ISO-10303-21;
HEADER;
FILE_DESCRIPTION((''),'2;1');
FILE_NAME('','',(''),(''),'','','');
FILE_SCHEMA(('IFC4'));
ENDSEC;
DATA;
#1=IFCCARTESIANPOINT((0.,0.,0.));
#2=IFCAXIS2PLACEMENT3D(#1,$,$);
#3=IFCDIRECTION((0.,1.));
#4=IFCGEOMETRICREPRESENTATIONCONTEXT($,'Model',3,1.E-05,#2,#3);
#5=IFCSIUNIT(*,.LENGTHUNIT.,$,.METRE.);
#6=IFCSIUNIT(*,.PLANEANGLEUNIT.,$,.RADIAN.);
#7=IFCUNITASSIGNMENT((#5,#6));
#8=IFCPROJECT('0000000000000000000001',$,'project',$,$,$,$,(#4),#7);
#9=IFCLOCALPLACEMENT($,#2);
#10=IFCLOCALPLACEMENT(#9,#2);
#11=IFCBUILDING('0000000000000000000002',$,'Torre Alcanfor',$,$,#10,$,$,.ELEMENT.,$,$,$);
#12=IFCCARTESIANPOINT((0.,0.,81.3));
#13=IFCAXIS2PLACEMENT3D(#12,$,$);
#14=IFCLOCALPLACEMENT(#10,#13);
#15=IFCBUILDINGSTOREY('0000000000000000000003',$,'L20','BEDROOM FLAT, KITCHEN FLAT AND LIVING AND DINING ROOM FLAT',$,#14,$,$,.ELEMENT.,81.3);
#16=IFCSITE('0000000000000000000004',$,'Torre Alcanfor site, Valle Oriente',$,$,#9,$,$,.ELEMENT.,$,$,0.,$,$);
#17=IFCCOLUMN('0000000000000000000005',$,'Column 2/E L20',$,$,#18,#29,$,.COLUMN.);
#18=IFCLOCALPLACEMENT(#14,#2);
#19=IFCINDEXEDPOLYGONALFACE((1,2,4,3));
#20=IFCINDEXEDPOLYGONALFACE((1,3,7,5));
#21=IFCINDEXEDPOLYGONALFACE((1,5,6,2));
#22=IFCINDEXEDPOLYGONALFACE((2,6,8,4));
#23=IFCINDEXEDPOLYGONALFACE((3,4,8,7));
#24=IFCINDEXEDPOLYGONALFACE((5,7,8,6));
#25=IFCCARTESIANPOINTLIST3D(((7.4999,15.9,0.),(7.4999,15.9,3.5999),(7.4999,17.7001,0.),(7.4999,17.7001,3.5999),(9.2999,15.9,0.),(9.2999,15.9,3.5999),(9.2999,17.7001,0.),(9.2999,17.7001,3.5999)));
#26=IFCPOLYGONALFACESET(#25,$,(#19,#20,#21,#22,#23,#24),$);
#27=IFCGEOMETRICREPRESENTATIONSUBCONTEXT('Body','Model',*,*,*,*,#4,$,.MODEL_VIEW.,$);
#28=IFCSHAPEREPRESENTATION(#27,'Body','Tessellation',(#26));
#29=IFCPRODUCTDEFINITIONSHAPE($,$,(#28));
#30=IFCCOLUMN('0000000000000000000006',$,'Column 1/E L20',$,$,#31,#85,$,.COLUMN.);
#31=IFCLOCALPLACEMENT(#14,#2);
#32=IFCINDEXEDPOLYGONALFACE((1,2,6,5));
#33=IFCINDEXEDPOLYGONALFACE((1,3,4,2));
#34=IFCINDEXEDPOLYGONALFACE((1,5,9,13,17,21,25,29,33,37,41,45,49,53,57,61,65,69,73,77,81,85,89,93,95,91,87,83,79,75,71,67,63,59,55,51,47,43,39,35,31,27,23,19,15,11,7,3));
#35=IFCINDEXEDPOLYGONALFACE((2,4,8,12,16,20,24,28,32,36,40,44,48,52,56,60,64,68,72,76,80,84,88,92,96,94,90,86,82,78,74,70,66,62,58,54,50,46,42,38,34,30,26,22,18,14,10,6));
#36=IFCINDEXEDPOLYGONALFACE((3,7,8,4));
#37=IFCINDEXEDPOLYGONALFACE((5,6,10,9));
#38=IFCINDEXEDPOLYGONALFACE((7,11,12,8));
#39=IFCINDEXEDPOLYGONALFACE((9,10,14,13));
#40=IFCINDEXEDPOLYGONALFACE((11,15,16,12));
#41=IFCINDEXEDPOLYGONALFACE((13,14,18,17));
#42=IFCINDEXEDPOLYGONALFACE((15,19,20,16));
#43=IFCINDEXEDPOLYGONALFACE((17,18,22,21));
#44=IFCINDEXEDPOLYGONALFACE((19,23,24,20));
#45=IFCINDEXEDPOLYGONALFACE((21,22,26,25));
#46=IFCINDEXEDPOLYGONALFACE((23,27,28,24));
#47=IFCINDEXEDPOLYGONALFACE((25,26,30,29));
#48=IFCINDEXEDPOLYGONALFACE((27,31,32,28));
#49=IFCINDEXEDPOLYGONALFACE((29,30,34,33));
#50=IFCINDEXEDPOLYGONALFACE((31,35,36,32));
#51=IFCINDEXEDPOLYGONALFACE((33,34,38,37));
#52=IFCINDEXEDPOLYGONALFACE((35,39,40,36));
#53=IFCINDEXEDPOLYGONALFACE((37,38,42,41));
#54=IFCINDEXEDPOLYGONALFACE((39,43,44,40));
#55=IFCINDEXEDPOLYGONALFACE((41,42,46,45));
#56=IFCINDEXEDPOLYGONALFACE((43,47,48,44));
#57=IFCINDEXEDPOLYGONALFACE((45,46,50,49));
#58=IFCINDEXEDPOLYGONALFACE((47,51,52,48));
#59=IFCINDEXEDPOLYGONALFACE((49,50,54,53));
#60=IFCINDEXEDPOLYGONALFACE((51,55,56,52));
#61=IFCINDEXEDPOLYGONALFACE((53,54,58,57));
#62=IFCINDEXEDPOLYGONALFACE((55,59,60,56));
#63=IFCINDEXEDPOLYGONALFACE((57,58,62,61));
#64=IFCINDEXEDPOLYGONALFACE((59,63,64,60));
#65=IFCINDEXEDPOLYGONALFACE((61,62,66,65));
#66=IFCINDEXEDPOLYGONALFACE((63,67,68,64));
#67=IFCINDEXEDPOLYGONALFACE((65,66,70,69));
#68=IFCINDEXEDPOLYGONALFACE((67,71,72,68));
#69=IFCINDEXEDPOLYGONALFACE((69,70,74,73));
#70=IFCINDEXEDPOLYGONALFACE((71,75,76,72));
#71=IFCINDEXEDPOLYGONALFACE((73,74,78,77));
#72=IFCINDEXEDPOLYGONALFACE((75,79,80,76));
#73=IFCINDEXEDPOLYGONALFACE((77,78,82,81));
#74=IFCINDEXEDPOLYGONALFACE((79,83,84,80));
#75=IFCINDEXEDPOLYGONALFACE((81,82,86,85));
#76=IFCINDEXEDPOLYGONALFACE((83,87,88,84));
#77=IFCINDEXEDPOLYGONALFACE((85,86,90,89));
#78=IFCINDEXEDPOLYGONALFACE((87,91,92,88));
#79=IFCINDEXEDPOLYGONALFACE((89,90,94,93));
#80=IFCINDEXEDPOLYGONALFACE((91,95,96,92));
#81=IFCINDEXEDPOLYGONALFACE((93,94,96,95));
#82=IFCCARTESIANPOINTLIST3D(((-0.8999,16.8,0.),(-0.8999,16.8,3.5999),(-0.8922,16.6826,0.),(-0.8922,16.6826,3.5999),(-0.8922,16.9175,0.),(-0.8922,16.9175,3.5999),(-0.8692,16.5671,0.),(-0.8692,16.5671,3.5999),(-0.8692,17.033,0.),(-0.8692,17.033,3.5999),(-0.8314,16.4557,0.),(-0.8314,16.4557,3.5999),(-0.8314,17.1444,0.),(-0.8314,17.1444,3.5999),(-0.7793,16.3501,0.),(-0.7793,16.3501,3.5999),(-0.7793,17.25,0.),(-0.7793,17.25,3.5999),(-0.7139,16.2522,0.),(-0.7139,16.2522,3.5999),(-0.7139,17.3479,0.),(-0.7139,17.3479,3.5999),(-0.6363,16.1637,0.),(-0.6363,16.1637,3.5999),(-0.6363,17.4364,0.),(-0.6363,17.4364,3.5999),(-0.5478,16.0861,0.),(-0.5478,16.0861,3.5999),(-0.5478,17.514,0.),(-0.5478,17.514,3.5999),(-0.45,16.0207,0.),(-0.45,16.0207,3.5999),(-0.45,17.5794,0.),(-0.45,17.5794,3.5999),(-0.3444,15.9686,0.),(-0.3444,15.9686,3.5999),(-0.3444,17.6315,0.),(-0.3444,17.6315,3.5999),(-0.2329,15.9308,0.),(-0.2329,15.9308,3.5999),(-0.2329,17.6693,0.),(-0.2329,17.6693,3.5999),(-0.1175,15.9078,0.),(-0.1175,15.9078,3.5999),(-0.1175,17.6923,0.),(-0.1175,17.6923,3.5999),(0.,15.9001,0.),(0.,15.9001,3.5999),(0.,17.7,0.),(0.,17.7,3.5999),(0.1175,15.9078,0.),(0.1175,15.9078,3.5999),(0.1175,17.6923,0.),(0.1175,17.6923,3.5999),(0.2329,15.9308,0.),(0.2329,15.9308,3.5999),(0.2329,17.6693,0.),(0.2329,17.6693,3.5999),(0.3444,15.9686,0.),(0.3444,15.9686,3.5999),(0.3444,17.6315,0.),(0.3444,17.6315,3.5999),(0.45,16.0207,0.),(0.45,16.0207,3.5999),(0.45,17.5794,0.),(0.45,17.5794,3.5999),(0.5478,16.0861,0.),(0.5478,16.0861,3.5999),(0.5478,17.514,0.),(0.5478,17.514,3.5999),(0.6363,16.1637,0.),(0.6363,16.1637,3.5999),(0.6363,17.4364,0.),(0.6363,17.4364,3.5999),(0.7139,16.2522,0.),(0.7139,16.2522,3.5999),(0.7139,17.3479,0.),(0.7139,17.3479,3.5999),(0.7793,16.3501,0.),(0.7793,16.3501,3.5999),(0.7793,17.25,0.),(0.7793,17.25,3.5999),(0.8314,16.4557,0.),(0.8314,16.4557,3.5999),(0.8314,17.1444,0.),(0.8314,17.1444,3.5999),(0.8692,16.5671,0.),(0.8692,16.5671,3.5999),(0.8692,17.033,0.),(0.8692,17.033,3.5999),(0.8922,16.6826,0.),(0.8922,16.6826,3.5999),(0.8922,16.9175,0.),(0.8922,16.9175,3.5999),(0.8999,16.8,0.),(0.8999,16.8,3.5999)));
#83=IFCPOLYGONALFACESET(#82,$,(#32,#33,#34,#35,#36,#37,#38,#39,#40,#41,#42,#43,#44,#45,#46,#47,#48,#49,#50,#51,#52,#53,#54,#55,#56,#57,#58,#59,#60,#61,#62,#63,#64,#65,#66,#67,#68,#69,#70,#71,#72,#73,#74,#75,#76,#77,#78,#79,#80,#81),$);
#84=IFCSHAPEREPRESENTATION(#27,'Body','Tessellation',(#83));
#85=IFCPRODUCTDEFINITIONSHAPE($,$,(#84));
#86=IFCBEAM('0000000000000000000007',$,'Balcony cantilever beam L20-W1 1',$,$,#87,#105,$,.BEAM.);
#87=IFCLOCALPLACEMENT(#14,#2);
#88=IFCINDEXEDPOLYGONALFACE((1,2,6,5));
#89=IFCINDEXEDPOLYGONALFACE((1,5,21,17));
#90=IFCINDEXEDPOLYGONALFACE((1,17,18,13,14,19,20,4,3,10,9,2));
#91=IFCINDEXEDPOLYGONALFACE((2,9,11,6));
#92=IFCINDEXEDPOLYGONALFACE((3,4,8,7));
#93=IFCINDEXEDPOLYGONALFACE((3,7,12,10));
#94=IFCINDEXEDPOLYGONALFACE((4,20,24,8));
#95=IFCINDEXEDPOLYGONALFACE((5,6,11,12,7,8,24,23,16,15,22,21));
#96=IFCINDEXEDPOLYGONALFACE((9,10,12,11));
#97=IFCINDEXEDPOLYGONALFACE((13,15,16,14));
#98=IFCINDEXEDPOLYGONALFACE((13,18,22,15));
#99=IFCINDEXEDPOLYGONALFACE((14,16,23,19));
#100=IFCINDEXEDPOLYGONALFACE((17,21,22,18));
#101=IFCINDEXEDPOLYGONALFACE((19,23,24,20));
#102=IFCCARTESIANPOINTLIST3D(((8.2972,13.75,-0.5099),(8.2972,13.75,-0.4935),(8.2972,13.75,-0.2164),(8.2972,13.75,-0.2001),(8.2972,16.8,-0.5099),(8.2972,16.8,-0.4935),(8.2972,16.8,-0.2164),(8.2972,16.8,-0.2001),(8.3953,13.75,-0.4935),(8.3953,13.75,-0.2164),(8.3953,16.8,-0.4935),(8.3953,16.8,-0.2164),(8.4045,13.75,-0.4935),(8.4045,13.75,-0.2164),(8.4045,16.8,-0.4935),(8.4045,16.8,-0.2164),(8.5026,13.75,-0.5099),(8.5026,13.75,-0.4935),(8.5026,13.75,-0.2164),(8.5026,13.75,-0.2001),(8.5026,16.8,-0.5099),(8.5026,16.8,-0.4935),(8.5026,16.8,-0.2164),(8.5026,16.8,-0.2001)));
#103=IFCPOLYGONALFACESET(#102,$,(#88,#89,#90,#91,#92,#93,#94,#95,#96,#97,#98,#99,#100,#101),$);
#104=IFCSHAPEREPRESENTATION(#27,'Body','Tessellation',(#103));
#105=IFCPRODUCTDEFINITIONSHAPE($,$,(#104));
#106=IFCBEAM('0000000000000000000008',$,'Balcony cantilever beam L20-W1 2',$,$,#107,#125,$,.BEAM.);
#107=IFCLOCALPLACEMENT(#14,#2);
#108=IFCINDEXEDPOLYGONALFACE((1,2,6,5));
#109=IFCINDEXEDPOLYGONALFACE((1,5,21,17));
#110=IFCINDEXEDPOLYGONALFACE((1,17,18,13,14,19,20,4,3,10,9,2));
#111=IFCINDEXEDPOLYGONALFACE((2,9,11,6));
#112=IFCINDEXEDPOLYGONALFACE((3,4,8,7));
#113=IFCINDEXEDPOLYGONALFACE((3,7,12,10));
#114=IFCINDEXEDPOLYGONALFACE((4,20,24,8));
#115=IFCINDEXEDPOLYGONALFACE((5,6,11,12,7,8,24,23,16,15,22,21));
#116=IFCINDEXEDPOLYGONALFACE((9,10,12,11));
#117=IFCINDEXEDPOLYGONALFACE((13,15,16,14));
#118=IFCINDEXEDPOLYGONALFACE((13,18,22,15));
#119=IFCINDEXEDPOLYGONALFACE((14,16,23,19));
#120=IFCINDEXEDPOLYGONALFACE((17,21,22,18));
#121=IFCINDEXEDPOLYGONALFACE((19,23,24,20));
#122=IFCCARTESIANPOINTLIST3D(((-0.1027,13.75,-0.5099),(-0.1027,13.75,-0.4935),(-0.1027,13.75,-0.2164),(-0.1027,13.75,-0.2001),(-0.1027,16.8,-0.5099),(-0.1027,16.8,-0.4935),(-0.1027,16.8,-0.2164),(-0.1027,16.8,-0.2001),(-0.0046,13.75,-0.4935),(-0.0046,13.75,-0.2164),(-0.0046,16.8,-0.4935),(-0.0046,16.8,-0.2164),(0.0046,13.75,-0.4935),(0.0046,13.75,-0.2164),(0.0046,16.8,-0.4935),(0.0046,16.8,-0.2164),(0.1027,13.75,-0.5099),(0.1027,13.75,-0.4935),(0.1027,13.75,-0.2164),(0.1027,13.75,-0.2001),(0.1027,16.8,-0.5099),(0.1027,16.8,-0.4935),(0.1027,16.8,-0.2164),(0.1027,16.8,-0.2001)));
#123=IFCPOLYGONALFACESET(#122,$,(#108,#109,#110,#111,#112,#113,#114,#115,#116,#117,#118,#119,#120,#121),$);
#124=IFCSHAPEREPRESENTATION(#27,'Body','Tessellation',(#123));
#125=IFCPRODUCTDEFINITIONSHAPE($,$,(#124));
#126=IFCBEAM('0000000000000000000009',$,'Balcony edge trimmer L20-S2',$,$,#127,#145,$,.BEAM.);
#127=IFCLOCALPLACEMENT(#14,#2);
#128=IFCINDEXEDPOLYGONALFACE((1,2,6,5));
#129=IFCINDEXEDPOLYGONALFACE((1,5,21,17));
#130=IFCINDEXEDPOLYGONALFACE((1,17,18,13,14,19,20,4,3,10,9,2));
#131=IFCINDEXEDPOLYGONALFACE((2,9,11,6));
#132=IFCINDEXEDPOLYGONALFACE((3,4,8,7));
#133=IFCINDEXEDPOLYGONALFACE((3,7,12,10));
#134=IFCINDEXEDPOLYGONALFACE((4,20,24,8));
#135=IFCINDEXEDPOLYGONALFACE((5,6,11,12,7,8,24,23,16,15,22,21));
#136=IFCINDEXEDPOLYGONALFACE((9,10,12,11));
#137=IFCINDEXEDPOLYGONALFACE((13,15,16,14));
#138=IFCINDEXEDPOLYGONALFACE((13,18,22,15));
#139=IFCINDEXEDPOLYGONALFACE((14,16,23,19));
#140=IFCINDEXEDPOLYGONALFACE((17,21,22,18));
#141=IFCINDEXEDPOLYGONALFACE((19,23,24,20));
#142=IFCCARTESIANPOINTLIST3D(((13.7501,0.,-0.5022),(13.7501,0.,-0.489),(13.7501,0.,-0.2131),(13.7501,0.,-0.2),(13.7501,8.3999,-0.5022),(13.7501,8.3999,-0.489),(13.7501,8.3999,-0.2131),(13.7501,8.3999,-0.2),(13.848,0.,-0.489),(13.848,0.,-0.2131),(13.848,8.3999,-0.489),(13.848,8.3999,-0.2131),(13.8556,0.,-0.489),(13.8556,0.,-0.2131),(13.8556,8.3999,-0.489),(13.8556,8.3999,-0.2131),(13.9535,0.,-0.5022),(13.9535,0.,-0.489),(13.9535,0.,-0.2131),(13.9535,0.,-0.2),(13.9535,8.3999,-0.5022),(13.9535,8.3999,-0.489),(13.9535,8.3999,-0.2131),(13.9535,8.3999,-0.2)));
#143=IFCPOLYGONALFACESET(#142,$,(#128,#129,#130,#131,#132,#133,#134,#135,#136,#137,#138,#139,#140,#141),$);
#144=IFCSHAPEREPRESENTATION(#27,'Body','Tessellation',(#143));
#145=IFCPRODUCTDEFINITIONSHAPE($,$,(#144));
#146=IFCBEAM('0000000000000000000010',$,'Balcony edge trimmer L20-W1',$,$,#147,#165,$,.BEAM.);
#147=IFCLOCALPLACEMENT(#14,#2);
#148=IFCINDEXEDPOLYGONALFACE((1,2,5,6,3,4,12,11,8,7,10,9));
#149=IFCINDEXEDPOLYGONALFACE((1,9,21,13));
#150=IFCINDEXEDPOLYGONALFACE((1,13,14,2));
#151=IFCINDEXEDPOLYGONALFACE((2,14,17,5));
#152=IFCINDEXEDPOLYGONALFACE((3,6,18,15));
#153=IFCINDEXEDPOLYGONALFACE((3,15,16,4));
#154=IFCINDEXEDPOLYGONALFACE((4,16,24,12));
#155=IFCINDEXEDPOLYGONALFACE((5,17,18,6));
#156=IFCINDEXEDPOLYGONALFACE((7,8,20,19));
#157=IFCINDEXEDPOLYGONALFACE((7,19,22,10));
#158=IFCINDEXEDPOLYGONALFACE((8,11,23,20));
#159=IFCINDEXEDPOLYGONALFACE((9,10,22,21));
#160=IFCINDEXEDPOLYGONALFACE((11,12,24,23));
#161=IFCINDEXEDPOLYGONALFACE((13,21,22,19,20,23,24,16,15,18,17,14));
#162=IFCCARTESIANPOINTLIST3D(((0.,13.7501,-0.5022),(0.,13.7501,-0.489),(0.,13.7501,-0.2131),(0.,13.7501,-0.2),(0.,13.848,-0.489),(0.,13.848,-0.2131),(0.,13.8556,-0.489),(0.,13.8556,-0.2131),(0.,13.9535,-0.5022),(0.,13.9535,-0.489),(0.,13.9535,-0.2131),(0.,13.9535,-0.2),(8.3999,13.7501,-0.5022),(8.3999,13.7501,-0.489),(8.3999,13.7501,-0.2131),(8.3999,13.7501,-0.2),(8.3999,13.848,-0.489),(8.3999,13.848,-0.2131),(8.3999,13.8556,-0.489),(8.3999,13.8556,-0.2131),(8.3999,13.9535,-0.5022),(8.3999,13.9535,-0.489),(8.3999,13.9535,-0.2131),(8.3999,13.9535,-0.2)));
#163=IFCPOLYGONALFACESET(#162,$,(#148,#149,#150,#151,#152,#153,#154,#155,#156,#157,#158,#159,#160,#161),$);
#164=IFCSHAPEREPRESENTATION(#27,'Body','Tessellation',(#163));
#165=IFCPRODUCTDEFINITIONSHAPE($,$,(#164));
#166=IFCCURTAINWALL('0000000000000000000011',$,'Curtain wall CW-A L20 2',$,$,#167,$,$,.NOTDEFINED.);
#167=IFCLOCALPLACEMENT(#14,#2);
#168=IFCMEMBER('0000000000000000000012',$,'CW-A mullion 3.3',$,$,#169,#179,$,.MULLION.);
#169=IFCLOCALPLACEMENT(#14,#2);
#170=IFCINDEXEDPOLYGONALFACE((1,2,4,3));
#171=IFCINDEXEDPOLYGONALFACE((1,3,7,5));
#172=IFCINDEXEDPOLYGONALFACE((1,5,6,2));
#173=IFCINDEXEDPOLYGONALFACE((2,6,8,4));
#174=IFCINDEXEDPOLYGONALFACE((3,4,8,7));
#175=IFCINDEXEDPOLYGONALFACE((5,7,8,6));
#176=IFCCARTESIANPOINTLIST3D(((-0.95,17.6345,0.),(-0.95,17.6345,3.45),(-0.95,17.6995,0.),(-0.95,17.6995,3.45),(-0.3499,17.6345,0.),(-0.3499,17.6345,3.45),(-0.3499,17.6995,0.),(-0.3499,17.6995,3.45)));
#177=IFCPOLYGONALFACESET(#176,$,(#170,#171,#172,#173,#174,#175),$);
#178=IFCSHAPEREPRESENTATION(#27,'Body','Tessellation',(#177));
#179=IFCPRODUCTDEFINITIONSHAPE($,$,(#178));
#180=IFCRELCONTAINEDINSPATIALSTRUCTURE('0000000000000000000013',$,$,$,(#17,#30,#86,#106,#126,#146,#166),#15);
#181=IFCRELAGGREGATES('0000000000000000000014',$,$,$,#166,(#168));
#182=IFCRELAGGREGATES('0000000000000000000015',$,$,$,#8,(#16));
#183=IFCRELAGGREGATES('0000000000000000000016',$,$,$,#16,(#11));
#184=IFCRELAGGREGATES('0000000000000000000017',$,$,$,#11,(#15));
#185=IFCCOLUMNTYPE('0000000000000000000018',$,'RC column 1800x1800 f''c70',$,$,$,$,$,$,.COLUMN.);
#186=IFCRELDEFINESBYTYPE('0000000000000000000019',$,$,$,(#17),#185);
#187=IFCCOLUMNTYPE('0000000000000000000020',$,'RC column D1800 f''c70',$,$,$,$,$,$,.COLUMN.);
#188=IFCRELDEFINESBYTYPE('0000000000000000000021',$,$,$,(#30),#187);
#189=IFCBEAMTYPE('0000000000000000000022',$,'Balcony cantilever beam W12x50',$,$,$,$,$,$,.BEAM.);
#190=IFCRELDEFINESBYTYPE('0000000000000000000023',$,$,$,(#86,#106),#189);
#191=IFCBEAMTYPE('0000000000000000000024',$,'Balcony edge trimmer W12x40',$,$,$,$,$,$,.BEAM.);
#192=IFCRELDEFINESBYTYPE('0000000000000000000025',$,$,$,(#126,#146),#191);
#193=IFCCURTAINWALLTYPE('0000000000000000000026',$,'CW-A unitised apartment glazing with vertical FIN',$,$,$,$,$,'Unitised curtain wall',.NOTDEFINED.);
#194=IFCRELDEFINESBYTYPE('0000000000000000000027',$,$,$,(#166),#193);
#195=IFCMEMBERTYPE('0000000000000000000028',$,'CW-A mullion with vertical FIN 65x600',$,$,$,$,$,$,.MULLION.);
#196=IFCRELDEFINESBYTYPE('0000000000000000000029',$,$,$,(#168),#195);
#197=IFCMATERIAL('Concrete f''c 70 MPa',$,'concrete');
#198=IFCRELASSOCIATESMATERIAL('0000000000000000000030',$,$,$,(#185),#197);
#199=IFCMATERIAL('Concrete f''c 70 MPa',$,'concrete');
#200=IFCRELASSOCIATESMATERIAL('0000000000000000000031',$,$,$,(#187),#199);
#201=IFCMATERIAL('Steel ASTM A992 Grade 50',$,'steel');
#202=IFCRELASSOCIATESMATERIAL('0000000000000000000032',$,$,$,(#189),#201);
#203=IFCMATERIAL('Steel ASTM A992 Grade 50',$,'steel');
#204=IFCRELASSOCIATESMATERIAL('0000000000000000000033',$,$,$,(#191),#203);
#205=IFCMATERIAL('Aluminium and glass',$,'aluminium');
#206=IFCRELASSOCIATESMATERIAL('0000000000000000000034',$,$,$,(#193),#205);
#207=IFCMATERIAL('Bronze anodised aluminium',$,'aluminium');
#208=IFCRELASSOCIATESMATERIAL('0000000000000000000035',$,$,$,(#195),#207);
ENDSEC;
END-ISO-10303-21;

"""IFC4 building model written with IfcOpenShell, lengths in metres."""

from ifc_helpers import new_model, si_unit, direction, frame, origin, origin_2d, place, context, subcontext, project, spatial, rectangle, circle, i_section, extrude, material, material_profile, profile_set, type_object, element, aggregate, save


model = new_model("IFC4")

# Units and contexts
model_context = context("Model", 3, precision=1e-05, world=origin(), true_north=direction((0.0, 1.0)))
body_context = subcontext(model_context, "Body", "Model", "MODEL_VIEW")
ifc_project = project(units=[si_unit("LENGTHUNIT", "METRE"), si_unit("PLANEANGLEUNIT", "RADIAN")], contexts=[model_context])

# Site, building, storey
site_placement = place(None, origin())
site = spatial("IfcSite", under=ifc_project, at=site_placement, Name="Torre Alcanfor site, Valle Oriente", CompositionType="ELEMENT", RefElevation=0.0)
building_placement = place(site_placement, origin())
building = spatial("IfcBuilding", under=site, at=building_placement, Name="Torre Alcanfor", CompositionType="ELEMENT")
storey_placement = place(building_placement, frame((0.0, 0.0, 81.3)))
storey = spatial("IfcBuildingStorey", under=building, at=storey_placement, Name="L20", Description="BEDROOM FLAT, KITCHEN FLAT AND LIVING AND DINING ROOM FLAT", CompositionType="ELEMENT", Elevation=81.3)

# Columns
ifc_material_1 = material(Name="Concrete f'c 70 MPa", Category="concrete")
ifc_material_profile_1 = material_profile(ifc_material_1, rectangle(XDim=1.8, YDim=1.8, at=origin_2d()), Name="1800x1800")
ifc_profile_set_1 = profile_set([ifc_material_profile_1], Name="Concrete f'c 70 MPa")
column_type_1 = type_object("IfcColumnType", Name="RC column 1800x1800 f'c70", PredefinedType="COLUMN", material=ifc_profile_set_1)
column_1_placement = place(storey_placement, frame((8.3999, 16.8, 0.0), z_axis=(0.0, 0.0, 1.0), x_axis=(1.0, 0.0, 0.0)))
element("IfcColumn", 1, at=column_1_placement, inside=storey, type_object=column_type_1, Name="Column 2/E L20", PredefinedType="COLUMN", context=body_context, shape_type="SweptSolid", body=[
    extrude(rectangle(XDim=1.8, YDim=1.8, at=origin_2d()), origin(), (0.0, 0.0, 1.0), 3.5999),
])
ifc_material_2 = material(Name="Concrete f'c 70 MPa", Category="concrete")
ifc_material_profile_2 = material_profile(ifc_material_2, circle(Radius=0.8999, at=origin_2d()), Name="D1800")
ifc_profile_set_2 = profile_set([ifc_material_profile_2], Name="Concrete f'c 70 MPa")
column_type_2 = type_object("IfcColumnType", Name="RC column D1800 f'c70", PredefinedType="COLUMN", material=ifc_profile_set_2)
column_2_placement = place(storey_placement, frame((0.0, 16.8, 0.0), z_axis=(0.0, 0.0, 1.0), x_axis=(1.0, 0.0, 0.0)))
element("IfcColumn", 2, at=column_2_placement, inside=storey, type_object=column_type_2, Name="Column 1/E L20", PredefinedType="COLUMN", context=body_context, shape_type="SweptSolid", body=[
    extrude(circle(Radius=0.8999, at=origin_2d()), origin(), (0.0, 0.0, 1.0), 3.5999),
])

# Beams
ifc_material_3 = material(Name="Steel ASTM A992 Grade 50", Category="steel")
ifc_material_profile_3 = material_profile(ifc_material_3, i_section(OverallWidth=0.2053, OverallDepth=0.3098, WebThickness=0.0093, FlangeThickness=0.0164, at=origin_2d()), Name="W12x50")
ifc_profile_set_3 = profile_set([ifc_material_profile_3], Name="Steel ASTM A992 Grade 50")
beam_type_1 = type_object("IfcBeamType", Name="Balcony cantilever beam W12x50", PredefinedType="BEAM", material=ifc_profile_set_3)
for number, where, z_axis, x_axis, name in (
    (3, (8.3999, 16.8, -0.355), (0.0, -1.0, 0.0), (1.0, 0.0, 0.0), "Balcony cantilever beam L20-W1 1"),
    (4, (0.0, 16.8, -0.355), (0.0, -1.0, 0.0), (1.0, 0.0, 0.0), "Balcony cantilever beam L20-W1 2"),
):
    element("IfcBeam", number, at=place(storey_placement, frame(where, z_axis=z_axis, x_axis=x_axis)), inside=storey, type_object=beam_type_1, Name=name, PredefinedType="BEAM", context=body_context, shape_type="SweptSolid", body=[
        extrude(i_section(OverallWidth=0.2053, OverallDepth=0.3098, WebThickness=0.0093, FlangeThickness=0.0164, at=origin_2d()), origin(), (0.0, 0.0, 1.0), 3.05),
    ])
ifc_material_4 = material(Name="Steel ASTM A992 Grade 50", Category="steel")
ifc_material_profile_4 = material_profile(ifc_material_4, i_section(OverallWidth=0.2034, OverallDepth=0.3022, WebThickness=0.0076, FlangeThickness=0.0132, at=origin_2d()), Name="W12x40")
ifc_profile_set_4 = profile_set([ifc_material_profile_4], Name="Steel ASTM A992 Grade 50")
beam_type_2 = type_object("IfcBeamType", Name="Balcony edge trimmer W12x40", PredefinedType="BEAM", material=ifc_profile_set_4)
for number, where, z_axis, x_axis, name in (
    (5, (13.8518, 8.3999, -0.3511), (0.0, -1.0, 0.0), (1.0, 0.0, 0.0), "Balcony edge trimmer L20-S2"),
    (6, (8.3999, 13.8518, -0.3511), (-1.0, 0.0, 0.0), (0.0, -1.0, 0.0), "Balcony edge trimmer L20-W1"),
):
    element("IfcBeam", number, at=place(storey_placement, frame(where, z_axis=z_axis, x_axis=x_axis)), inside=storey, type_object=beam_type_2, Name=name, PredefinedType="BEAM", context=body_context, shape_type="SweptSolid", body=[
        extrude(i_section(OverallWidth=0.2034, OverallDepth=0.3022, WebThickness=0.0076, FlangeThickness=0.0132, at=origin_2d()), origin(), (0.0, 0.0, 1.0), 8.3999),
    ])

# Curtain wall, member
ifc_material_5 = material(Name="Aluminium and glass", Category="aluminium")
curtain_wall_type = type_object("IfcCurtainWallType", Name="CW-A unitised apartment glazing with vertical FIN", ElementType="Unitised curtain wall", PredefinedType="NOTDEFINED", material=ifc_material_5)
curtain_wall_placement = place(storey_placement, origin())
curtain_wall = element("IfcCurtainWall", 7, at=curtain_wall_placement, inside=storey, type_object=curtain_wall_type, Name="Curtain wall CW-A L20 2", PredefinedType="NOTDEFINED")
ifc_material_6 = material(Name="Bronze anodised aluminium", Category="aluminium")
ifc_material_profile_5 = material_profile(ifc_material_6, rectangle(XDim=0.6001, YDim=0.0649, at=origin_2d()), Name="CW-A mullion 65x600")
ifc_profile_set_5 = profile_set([ifc_material_profile_5], Name="Bronze anodised aluminium")
member_type = type_object("IfcMemberType", Name="CW-A mullion with vertical FIN 65x600", PredefinedType="MULLION", material=ifc_profile_set_5)
member_placement = place(storey_placement, frame((-0.6499, 17.667, 0.0), z_axis=(0.0, 0.0, 1.0), x_axis=(1.0, 0.0, 0.0)))
member = element("IfcMember", 8, at=member_placement, type_object=member_type, Name="CW-A mullion 3.3", PredefinedType="MULLION", context=body_context, shape_type="SweptSolid", body=[
    extrude(rectangle(XDim=0.6001, YDim=0.0649, at=origin_2d()), origin(), (0.0, 0.0, 1.0), 3.45),
])
aggregate(curtain_wall, [member])

save(model, "model.ifc")
